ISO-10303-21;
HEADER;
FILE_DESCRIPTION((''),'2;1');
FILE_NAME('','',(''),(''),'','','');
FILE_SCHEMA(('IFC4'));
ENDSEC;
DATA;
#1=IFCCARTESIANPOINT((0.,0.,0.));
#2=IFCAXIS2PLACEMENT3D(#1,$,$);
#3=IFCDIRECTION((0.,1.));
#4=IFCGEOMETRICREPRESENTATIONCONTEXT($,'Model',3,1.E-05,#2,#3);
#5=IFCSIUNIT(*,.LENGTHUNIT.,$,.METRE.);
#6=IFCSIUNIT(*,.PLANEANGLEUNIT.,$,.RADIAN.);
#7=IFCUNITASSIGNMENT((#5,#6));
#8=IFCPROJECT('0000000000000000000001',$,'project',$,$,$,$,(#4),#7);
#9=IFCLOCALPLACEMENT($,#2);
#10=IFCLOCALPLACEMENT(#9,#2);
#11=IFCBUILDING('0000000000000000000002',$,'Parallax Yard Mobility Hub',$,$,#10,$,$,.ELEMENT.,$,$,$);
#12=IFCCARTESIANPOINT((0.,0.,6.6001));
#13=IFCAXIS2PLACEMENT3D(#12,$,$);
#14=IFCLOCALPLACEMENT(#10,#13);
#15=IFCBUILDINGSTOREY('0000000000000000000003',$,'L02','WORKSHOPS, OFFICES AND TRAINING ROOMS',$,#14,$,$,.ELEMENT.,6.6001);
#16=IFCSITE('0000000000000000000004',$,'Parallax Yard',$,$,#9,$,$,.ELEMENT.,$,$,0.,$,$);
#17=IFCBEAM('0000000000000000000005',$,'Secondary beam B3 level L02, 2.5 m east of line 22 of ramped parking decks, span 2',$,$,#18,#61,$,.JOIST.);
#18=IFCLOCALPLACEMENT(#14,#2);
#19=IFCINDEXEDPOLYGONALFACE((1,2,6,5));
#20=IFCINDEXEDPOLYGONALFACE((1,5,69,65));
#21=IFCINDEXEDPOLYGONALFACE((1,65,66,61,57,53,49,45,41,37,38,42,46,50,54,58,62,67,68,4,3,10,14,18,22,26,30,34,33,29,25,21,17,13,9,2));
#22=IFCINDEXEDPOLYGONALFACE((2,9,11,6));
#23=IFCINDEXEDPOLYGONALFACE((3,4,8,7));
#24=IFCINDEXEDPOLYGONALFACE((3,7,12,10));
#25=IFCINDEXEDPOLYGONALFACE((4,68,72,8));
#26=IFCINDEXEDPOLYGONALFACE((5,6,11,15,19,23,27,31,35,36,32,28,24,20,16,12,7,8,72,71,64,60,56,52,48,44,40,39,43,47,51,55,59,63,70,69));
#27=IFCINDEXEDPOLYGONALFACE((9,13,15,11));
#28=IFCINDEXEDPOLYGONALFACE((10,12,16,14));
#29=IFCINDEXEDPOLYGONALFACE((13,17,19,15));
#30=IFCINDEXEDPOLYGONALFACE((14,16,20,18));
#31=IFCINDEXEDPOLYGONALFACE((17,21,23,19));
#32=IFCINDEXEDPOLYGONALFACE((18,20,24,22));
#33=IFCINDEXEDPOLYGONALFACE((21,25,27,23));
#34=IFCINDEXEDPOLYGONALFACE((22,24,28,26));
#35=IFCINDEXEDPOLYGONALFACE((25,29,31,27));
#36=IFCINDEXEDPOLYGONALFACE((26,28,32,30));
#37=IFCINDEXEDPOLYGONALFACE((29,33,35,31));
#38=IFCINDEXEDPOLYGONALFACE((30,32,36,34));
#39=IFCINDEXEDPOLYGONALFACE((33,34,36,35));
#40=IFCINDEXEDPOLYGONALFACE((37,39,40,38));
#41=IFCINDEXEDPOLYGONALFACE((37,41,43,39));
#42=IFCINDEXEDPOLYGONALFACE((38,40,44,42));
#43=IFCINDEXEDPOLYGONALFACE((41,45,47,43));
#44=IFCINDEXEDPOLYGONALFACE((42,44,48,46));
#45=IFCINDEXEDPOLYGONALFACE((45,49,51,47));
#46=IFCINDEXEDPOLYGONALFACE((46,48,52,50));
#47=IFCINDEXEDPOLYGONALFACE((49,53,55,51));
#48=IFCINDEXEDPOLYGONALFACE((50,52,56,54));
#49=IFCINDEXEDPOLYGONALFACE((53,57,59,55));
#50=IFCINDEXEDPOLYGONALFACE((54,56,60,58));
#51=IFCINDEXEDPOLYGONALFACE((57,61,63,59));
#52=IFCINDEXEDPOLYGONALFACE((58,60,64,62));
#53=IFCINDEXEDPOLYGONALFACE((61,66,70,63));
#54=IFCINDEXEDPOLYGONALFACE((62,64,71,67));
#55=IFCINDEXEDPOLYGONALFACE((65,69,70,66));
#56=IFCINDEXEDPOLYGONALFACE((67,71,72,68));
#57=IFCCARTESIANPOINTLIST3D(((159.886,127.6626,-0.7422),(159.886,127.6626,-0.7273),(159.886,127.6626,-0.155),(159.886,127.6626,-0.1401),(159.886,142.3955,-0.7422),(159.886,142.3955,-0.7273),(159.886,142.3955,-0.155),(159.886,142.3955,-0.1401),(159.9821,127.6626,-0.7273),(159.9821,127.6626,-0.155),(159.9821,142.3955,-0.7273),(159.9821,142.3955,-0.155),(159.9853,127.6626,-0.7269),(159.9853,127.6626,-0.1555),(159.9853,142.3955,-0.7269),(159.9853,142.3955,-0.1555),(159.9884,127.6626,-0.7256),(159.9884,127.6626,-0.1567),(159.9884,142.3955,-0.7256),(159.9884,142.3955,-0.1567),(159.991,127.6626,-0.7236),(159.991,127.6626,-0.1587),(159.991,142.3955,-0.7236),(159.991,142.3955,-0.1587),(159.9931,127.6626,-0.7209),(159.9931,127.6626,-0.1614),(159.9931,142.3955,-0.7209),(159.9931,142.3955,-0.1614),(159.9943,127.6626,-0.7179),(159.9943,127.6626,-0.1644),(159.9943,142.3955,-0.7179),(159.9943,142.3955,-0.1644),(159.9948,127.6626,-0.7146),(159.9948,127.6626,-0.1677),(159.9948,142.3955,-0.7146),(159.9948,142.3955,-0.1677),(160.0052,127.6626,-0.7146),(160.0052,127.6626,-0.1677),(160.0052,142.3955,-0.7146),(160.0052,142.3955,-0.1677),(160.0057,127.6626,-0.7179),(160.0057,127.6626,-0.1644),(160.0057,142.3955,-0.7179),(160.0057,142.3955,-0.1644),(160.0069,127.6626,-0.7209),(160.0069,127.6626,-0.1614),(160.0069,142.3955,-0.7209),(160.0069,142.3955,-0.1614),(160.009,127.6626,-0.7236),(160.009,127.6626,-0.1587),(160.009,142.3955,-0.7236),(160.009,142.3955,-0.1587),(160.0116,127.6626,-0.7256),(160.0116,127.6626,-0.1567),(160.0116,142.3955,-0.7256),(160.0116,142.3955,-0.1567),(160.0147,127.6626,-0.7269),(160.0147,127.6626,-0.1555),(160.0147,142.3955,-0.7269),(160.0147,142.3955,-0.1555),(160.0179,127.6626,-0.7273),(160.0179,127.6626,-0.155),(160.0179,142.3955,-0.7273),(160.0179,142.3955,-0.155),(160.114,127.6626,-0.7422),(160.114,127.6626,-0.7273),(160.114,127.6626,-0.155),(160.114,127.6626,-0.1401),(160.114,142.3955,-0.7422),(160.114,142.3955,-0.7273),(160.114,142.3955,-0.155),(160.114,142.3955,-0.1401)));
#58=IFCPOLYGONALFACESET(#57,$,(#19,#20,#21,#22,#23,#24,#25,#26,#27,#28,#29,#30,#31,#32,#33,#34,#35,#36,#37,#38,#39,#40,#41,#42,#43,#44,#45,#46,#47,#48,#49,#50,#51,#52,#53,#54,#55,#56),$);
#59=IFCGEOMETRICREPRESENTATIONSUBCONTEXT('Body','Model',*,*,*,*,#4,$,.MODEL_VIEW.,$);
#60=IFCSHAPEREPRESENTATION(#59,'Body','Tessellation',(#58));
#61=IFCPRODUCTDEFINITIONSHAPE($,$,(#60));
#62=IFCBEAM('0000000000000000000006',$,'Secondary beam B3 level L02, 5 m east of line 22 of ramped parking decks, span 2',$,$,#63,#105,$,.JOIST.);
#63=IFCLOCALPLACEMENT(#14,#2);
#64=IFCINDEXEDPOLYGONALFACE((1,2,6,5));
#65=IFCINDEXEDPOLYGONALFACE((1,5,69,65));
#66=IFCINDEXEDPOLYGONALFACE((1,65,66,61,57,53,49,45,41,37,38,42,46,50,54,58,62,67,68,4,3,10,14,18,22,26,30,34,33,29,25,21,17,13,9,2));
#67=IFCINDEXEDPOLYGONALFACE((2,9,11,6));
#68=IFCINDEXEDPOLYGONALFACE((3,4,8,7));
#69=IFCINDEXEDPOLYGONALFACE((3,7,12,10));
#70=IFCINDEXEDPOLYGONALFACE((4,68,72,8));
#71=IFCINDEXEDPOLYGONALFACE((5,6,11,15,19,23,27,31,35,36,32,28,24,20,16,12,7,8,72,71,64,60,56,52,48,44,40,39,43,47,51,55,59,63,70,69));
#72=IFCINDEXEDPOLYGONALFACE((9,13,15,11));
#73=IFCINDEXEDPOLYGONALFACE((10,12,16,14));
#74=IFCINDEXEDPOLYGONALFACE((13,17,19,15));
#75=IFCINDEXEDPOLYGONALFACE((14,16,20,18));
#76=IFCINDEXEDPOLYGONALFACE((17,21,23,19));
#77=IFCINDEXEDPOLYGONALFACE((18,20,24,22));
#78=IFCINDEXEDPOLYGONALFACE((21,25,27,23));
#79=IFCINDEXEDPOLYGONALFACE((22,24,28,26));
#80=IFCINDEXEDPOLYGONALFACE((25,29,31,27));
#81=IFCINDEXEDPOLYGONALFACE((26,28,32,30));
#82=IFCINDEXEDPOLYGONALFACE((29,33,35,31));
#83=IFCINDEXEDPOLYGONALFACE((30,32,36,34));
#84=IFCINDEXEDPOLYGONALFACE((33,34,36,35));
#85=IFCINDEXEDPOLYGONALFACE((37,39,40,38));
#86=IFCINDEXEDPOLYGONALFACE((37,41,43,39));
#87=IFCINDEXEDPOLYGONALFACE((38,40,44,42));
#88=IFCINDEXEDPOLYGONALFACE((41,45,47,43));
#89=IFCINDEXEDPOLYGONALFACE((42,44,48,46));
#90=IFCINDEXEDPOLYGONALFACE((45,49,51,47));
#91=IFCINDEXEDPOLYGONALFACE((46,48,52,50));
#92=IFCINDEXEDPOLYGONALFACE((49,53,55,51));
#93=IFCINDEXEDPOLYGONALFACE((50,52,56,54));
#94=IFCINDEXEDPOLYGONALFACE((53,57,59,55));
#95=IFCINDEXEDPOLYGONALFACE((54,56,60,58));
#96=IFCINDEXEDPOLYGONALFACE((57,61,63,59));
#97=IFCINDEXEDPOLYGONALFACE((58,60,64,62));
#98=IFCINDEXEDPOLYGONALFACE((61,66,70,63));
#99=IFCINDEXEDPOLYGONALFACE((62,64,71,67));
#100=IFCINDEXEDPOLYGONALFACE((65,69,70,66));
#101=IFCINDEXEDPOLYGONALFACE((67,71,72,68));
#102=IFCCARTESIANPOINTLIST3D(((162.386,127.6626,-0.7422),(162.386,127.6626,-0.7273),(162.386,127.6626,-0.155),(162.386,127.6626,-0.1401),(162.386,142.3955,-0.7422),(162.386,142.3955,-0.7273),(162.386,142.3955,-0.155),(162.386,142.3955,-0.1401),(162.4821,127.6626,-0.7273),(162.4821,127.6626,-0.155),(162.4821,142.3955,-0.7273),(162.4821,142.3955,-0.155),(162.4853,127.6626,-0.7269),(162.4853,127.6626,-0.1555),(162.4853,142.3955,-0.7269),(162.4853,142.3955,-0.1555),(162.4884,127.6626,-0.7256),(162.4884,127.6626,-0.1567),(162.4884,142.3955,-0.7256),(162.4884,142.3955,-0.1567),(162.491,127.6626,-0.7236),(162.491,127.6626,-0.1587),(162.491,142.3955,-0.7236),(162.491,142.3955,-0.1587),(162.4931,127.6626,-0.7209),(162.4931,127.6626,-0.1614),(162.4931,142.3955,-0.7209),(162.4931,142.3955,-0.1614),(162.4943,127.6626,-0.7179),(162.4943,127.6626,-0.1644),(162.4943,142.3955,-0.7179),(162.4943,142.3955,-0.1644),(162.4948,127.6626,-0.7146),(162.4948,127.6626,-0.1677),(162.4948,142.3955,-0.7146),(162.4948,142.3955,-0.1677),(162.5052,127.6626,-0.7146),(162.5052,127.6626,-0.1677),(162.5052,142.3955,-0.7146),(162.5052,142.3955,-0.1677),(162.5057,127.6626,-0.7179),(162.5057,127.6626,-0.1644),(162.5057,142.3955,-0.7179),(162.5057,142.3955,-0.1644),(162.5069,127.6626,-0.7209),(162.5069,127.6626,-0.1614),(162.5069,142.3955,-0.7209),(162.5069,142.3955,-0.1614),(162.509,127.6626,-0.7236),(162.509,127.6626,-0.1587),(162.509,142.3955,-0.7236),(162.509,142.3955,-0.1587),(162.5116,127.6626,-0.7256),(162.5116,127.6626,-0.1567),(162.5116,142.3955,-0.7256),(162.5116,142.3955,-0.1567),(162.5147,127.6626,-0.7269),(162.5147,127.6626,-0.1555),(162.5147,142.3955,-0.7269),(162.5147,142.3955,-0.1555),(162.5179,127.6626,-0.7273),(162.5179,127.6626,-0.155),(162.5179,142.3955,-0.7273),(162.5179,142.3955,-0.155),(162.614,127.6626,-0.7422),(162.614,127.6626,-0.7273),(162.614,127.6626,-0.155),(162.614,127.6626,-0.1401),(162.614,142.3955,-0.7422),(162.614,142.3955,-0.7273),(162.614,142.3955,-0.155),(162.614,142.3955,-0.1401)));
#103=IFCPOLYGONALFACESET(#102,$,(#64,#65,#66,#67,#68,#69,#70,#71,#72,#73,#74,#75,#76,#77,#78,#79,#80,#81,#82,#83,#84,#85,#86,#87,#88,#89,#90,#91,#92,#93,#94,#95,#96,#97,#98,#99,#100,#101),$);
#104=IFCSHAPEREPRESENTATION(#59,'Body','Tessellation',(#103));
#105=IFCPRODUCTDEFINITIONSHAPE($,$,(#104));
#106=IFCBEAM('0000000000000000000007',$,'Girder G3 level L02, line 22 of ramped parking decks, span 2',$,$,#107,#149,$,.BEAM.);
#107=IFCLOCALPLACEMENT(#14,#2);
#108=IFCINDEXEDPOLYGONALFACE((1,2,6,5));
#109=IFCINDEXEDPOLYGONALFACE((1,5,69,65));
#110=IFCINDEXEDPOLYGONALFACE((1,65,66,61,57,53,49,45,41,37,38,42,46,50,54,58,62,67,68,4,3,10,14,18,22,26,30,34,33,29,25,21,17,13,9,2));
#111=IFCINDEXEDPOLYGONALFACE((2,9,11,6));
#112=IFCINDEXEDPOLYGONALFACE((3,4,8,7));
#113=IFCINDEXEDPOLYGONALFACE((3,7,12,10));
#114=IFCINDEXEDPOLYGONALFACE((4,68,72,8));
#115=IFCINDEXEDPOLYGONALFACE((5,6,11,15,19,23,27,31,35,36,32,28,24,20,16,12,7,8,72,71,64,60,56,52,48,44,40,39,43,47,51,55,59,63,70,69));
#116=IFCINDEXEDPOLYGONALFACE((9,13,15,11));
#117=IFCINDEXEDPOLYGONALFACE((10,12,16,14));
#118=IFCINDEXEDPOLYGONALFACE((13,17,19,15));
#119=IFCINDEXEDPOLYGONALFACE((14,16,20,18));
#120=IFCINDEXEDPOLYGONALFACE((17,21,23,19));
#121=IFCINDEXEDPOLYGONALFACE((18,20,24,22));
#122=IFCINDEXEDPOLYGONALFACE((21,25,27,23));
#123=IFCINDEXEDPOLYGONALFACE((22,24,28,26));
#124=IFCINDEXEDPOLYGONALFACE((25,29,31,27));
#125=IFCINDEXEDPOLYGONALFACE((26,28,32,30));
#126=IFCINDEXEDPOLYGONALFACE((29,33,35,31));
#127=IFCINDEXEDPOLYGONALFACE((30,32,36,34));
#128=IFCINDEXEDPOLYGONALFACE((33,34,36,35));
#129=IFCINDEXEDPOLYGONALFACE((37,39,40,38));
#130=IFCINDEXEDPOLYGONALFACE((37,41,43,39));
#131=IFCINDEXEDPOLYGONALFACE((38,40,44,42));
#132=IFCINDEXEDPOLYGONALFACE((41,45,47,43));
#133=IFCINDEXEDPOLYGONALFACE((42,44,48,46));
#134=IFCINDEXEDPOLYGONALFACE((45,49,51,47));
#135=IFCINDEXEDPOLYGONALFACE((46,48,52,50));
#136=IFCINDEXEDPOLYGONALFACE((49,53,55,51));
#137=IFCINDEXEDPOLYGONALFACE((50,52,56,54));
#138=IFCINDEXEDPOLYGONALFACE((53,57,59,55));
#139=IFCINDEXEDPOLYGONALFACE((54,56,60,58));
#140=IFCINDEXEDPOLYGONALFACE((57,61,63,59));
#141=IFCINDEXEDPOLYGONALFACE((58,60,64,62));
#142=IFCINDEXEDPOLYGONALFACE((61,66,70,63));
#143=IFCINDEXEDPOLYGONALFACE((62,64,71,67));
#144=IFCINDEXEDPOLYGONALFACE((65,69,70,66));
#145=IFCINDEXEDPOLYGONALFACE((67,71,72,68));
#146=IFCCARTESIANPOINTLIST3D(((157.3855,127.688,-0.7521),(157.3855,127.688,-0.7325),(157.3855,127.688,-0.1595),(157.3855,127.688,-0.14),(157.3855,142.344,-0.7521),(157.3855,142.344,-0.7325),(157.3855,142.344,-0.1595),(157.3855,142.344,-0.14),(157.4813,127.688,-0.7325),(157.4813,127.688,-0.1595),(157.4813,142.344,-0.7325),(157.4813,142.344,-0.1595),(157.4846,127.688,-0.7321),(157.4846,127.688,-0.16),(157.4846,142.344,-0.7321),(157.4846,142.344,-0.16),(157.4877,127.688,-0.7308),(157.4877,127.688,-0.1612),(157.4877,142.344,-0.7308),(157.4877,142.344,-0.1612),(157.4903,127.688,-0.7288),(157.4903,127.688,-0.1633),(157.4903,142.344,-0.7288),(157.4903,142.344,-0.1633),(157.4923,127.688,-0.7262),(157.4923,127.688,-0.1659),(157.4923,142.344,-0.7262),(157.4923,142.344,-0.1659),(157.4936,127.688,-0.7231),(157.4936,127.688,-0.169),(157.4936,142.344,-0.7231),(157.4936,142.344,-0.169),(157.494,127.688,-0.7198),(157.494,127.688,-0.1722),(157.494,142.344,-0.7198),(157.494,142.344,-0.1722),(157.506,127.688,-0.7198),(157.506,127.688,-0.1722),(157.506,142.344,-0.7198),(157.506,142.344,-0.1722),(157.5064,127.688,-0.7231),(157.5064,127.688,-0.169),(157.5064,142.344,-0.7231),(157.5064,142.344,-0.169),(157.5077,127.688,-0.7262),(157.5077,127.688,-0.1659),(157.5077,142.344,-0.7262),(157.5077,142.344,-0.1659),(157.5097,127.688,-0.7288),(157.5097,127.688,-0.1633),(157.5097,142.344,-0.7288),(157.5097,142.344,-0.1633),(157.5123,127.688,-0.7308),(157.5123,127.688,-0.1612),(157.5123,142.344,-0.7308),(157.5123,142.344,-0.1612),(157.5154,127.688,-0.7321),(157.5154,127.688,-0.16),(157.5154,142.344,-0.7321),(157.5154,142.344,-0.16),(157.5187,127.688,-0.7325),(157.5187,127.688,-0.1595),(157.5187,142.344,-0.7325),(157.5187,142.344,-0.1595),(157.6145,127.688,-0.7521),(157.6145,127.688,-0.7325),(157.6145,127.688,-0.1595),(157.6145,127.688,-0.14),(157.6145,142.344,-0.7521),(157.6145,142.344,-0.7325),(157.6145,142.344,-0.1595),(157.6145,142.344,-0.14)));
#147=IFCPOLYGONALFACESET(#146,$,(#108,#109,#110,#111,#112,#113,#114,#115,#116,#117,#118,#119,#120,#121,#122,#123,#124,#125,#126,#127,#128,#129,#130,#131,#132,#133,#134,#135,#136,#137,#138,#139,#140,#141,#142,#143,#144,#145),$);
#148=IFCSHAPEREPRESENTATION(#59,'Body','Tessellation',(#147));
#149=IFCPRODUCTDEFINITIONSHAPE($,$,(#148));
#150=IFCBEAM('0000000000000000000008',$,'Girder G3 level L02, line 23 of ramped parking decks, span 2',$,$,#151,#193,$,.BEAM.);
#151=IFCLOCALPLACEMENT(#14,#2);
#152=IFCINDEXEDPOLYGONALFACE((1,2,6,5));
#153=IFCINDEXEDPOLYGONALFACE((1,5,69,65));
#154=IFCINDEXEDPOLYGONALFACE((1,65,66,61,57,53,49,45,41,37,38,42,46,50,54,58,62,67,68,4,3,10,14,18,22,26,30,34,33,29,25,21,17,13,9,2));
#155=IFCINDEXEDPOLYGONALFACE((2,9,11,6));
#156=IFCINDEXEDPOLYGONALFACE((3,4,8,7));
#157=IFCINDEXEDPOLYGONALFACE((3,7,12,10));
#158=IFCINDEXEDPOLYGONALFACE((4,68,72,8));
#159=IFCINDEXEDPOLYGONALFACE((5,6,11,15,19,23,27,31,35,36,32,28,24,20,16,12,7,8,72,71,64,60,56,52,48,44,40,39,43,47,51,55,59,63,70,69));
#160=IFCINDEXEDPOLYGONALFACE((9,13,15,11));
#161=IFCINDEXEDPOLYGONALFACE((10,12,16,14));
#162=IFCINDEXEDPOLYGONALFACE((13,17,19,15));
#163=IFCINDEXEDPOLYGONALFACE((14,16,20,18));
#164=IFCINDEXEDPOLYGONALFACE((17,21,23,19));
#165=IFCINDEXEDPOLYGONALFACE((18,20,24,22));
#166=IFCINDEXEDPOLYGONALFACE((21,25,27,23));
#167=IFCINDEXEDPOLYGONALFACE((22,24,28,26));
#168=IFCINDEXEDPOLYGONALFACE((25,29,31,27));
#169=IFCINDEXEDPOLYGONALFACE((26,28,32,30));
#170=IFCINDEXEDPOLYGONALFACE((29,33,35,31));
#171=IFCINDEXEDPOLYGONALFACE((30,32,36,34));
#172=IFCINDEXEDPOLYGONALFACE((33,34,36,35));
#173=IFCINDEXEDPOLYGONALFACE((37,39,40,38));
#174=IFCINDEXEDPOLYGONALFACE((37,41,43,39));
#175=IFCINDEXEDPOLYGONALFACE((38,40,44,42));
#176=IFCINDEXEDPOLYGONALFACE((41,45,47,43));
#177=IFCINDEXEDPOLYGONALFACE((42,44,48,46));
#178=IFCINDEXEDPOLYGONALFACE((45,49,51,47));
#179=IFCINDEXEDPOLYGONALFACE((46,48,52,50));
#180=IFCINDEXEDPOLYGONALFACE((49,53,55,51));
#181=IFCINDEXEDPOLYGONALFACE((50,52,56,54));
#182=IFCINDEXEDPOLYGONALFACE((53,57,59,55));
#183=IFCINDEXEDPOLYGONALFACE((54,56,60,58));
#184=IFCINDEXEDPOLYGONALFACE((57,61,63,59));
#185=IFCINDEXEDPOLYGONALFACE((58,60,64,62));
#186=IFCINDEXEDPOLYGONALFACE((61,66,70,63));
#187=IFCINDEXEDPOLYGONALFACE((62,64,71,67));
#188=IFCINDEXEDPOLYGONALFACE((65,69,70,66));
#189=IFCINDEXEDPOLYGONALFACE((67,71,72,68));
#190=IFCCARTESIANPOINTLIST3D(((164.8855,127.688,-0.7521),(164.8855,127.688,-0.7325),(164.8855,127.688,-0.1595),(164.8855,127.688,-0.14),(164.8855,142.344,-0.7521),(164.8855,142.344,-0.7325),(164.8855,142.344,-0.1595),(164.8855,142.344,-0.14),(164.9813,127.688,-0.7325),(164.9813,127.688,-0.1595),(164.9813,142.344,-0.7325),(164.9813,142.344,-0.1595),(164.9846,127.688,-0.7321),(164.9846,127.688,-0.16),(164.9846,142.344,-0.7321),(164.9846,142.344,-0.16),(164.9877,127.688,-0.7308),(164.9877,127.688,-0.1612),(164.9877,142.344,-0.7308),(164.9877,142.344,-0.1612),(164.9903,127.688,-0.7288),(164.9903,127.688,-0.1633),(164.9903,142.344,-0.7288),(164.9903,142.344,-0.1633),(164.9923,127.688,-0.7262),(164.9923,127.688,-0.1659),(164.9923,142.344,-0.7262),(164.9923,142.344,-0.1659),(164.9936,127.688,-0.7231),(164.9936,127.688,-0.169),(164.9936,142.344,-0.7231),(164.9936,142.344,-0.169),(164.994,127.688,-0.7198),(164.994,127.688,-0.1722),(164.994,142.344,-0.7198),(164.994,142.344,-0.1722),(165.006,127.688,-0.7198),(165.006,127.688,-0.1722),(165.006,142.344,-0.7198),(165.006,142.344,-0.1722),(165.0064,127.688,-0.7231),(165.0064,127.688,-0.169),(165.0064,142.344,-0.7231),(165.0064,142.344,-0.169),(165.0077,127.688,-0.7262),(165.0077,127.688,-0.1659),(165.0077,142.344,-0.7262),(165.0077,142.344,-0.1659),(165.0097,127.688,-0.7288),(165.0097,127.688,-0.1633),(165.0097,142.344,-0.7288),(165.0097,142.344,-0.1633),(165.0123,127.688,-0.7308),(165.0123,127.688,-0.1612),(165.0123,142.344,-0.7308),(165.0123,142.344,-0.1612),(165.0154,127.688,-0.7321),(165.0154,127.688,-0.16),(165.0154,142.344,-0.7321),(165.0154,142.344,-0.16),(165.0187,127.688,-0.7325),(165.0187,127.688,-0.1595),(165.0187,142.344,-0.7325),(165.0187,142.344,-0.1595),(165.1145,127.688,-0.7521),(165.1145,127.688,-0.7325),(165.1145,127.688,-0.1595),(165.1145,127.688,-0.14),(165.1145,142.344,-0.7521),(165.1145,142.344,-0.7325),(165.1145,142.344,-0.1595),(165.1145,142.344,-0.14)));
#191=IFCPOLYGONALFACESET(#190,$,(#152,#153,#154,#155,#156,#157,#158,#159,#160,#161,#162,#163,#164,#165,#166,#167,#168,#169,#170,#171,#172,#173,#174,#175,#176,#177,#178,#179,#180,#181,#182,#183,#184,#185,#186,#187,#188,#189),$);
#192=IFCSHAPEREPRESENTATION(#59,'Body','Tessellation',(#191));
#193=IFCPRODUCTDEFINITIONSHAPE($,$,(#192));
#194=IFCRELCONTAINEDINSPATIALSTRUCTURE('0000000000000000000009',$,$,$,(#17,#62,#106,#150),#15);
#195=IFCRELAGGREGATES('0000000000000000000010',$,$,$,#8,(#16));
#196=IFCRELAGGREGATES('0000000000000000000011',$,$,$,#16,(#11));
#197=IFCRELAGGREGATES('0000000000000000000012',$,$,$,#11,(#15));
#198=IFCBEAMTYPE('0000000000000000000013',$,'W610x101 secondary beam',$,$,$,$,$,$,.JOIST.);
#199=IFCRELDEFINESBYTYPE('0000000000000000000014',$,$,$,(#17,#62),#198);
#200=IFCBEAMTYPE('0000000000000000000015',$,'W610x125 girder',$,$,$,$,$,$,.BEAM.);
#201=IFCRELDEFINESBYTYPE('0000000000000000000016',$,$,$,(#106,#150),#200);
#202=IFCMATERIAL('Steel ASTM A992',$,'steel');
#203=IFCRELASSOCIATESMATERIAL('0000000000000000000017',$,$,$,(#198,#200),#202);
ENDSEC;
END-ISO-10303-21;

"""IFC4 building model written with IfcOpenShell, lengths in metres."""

from ifc_helpers import new_model, si_unit, direction, frame, origin, origin_2d, place, context, subcontext, project, spatial, i_section, extrude, material, material_profile, profile_set, type_object, element, save


model = new_model("IFC4")

# Units and contexts
model_context = context("Model", 3, precision=1e-05, world=origin(), true_north=direction((0.0, 1.0)))
body_context = subcontext(model_context, "Body", "Model", "MODEL_VIEW")
ifc_project = project(units=[si_unit("LENGTHUNIT", "METRE"), si_unit("PLANEANGLEUNIT", "RADIAN")], contexts=[model_context])

# Site, building, storey
site_placement = place(None, origin())
site = spatial("IfcSite", under=ifc_project, at=site_placement, Name="Parallax Yard", CompositionType="ELEMENT", RefElevation=0.0)
building_placement = place(site_placement, origin())
building = spatial("IfcBuilding", under=site, at=building_placement, Name="Parallax Yard Mobility Hub", CompositionType="ELEMENT")
storey_placement = place(building_placement, frame((0.0, 0.0, 6.6001)))
storey = spatial("IfcBuildingStorey", under=building, at=storey_placement, Name="L02", Description="WORKSHOPS, OFFICES AND TRAINING ROOMS", CompositionType="ELEMENT", Elevation=6.6001)

# Shared definitions
ifc_material_1 = material(Name="Steel ASTM A992", Category="steel")

# Beams
ifc_material_profile_1 = material_profile(ifc_material_1, i_section(OverallWidth=0.228, OverallDepth=0.6021, WebThickness=0.0105, FlangeThickness=0.0149, FilletRadius=0.0127, at=origin_2d()), Name="W610x101")
ifc_profile_set_1 = profile_set([ifc_material_profile_1], Name="Steel ASTM A992")
beam_type_1 = type_object("IfcBeamType", Name="W610x101 secondary beam", PredefinedType="JOIST", material=ifc_profile_set_1)
for number, where, z_axis, x_axis, name in (
    (1, (160.0, 127.6626, -0.4412), (0.0, 1.0, 0.0), (-1.0, 0.0, 0.0), "Secondary beam B3 level L02, 2.5 m east of line 22 of ramped parking decks, span 2"),
    (2, (162.5, 127.6626, -0.4412), (0.0, 1.0, 0.0), (-1.0, 0.0, 0.0), "Secondary beam B3 level L02, 5 m east of line 22 of ramped parking decks, span 2"),
):
    element("IfcBeam", number, at=place(storey_placement, frame(where, z_axis=z_axis, x_axis=x_axis)), inside=storey, type_object=beam_type_1, Name=name, PredefinedType="JOIST", context=body_context, shape_type="SweptSolid", body=[
        extrude(i_section(OverallWidth=0.228, OverallDepth=0.6021, WebThickness=0.0105, FlangeThickness=0.0149, FilletRadius=0.0127, at=origin_2d()), origin(), (0.0, 0.0, 1.0), 14.7329),
    ])
ifc_material_profile_2 = material_profile(ifc_material_1, i_section(OverallWidth=0.229, OverallDepth=0.6121, WebThickness=0.012, FlangeThickness=0.0195, FilletRadius=0.0127, at=origin_2d()), Name="W610x125")
ifc_profile_set_2 = profile_set([ifc_material_profile_2], Name="Steel ASTM A992")
beam_type_2 = type_object("IfcBeamType", Name="W610x125 girder", PredefinedType="BEAM", material=ifc_profile_set_2)
for number, where, z_axis, x_axis, name in (
    (3, (157.5, 127.688, -0.446), (0.0, 1.0, 0.0), (-1.0, 0.0, 0.0), "Girder G3 level L02, line 22 of ramped parking decks, span 2"),
    (4, (165.0, 127.688, -0.446), (0.0, 1.0, 0.0), (-1.0, 0.0, 0.0), "Girder G3 level L02, line 23 of ramped parking decks, span 2"),
):
    element("IfcBeam", number, at=place(storey_placement, frame(where, z_axis=z_axis, x_axis=x_axis)), inside=storey, type_object=beam_type_2, Name=name, PredefinedType="BEAM", context=body_context, shape_type="SweptSolid", body=[
        extrude(i_section(OverallWidth=0.229, OverallDepth=0.6121, WebThickness=0.012, FlangeThickness=0.0195, FilletRadius=0.0127, at=origin_2d()), origin(), (0.0, 0.0, 1.0), 14.656),
    ])

save(model, "model.ifc")
